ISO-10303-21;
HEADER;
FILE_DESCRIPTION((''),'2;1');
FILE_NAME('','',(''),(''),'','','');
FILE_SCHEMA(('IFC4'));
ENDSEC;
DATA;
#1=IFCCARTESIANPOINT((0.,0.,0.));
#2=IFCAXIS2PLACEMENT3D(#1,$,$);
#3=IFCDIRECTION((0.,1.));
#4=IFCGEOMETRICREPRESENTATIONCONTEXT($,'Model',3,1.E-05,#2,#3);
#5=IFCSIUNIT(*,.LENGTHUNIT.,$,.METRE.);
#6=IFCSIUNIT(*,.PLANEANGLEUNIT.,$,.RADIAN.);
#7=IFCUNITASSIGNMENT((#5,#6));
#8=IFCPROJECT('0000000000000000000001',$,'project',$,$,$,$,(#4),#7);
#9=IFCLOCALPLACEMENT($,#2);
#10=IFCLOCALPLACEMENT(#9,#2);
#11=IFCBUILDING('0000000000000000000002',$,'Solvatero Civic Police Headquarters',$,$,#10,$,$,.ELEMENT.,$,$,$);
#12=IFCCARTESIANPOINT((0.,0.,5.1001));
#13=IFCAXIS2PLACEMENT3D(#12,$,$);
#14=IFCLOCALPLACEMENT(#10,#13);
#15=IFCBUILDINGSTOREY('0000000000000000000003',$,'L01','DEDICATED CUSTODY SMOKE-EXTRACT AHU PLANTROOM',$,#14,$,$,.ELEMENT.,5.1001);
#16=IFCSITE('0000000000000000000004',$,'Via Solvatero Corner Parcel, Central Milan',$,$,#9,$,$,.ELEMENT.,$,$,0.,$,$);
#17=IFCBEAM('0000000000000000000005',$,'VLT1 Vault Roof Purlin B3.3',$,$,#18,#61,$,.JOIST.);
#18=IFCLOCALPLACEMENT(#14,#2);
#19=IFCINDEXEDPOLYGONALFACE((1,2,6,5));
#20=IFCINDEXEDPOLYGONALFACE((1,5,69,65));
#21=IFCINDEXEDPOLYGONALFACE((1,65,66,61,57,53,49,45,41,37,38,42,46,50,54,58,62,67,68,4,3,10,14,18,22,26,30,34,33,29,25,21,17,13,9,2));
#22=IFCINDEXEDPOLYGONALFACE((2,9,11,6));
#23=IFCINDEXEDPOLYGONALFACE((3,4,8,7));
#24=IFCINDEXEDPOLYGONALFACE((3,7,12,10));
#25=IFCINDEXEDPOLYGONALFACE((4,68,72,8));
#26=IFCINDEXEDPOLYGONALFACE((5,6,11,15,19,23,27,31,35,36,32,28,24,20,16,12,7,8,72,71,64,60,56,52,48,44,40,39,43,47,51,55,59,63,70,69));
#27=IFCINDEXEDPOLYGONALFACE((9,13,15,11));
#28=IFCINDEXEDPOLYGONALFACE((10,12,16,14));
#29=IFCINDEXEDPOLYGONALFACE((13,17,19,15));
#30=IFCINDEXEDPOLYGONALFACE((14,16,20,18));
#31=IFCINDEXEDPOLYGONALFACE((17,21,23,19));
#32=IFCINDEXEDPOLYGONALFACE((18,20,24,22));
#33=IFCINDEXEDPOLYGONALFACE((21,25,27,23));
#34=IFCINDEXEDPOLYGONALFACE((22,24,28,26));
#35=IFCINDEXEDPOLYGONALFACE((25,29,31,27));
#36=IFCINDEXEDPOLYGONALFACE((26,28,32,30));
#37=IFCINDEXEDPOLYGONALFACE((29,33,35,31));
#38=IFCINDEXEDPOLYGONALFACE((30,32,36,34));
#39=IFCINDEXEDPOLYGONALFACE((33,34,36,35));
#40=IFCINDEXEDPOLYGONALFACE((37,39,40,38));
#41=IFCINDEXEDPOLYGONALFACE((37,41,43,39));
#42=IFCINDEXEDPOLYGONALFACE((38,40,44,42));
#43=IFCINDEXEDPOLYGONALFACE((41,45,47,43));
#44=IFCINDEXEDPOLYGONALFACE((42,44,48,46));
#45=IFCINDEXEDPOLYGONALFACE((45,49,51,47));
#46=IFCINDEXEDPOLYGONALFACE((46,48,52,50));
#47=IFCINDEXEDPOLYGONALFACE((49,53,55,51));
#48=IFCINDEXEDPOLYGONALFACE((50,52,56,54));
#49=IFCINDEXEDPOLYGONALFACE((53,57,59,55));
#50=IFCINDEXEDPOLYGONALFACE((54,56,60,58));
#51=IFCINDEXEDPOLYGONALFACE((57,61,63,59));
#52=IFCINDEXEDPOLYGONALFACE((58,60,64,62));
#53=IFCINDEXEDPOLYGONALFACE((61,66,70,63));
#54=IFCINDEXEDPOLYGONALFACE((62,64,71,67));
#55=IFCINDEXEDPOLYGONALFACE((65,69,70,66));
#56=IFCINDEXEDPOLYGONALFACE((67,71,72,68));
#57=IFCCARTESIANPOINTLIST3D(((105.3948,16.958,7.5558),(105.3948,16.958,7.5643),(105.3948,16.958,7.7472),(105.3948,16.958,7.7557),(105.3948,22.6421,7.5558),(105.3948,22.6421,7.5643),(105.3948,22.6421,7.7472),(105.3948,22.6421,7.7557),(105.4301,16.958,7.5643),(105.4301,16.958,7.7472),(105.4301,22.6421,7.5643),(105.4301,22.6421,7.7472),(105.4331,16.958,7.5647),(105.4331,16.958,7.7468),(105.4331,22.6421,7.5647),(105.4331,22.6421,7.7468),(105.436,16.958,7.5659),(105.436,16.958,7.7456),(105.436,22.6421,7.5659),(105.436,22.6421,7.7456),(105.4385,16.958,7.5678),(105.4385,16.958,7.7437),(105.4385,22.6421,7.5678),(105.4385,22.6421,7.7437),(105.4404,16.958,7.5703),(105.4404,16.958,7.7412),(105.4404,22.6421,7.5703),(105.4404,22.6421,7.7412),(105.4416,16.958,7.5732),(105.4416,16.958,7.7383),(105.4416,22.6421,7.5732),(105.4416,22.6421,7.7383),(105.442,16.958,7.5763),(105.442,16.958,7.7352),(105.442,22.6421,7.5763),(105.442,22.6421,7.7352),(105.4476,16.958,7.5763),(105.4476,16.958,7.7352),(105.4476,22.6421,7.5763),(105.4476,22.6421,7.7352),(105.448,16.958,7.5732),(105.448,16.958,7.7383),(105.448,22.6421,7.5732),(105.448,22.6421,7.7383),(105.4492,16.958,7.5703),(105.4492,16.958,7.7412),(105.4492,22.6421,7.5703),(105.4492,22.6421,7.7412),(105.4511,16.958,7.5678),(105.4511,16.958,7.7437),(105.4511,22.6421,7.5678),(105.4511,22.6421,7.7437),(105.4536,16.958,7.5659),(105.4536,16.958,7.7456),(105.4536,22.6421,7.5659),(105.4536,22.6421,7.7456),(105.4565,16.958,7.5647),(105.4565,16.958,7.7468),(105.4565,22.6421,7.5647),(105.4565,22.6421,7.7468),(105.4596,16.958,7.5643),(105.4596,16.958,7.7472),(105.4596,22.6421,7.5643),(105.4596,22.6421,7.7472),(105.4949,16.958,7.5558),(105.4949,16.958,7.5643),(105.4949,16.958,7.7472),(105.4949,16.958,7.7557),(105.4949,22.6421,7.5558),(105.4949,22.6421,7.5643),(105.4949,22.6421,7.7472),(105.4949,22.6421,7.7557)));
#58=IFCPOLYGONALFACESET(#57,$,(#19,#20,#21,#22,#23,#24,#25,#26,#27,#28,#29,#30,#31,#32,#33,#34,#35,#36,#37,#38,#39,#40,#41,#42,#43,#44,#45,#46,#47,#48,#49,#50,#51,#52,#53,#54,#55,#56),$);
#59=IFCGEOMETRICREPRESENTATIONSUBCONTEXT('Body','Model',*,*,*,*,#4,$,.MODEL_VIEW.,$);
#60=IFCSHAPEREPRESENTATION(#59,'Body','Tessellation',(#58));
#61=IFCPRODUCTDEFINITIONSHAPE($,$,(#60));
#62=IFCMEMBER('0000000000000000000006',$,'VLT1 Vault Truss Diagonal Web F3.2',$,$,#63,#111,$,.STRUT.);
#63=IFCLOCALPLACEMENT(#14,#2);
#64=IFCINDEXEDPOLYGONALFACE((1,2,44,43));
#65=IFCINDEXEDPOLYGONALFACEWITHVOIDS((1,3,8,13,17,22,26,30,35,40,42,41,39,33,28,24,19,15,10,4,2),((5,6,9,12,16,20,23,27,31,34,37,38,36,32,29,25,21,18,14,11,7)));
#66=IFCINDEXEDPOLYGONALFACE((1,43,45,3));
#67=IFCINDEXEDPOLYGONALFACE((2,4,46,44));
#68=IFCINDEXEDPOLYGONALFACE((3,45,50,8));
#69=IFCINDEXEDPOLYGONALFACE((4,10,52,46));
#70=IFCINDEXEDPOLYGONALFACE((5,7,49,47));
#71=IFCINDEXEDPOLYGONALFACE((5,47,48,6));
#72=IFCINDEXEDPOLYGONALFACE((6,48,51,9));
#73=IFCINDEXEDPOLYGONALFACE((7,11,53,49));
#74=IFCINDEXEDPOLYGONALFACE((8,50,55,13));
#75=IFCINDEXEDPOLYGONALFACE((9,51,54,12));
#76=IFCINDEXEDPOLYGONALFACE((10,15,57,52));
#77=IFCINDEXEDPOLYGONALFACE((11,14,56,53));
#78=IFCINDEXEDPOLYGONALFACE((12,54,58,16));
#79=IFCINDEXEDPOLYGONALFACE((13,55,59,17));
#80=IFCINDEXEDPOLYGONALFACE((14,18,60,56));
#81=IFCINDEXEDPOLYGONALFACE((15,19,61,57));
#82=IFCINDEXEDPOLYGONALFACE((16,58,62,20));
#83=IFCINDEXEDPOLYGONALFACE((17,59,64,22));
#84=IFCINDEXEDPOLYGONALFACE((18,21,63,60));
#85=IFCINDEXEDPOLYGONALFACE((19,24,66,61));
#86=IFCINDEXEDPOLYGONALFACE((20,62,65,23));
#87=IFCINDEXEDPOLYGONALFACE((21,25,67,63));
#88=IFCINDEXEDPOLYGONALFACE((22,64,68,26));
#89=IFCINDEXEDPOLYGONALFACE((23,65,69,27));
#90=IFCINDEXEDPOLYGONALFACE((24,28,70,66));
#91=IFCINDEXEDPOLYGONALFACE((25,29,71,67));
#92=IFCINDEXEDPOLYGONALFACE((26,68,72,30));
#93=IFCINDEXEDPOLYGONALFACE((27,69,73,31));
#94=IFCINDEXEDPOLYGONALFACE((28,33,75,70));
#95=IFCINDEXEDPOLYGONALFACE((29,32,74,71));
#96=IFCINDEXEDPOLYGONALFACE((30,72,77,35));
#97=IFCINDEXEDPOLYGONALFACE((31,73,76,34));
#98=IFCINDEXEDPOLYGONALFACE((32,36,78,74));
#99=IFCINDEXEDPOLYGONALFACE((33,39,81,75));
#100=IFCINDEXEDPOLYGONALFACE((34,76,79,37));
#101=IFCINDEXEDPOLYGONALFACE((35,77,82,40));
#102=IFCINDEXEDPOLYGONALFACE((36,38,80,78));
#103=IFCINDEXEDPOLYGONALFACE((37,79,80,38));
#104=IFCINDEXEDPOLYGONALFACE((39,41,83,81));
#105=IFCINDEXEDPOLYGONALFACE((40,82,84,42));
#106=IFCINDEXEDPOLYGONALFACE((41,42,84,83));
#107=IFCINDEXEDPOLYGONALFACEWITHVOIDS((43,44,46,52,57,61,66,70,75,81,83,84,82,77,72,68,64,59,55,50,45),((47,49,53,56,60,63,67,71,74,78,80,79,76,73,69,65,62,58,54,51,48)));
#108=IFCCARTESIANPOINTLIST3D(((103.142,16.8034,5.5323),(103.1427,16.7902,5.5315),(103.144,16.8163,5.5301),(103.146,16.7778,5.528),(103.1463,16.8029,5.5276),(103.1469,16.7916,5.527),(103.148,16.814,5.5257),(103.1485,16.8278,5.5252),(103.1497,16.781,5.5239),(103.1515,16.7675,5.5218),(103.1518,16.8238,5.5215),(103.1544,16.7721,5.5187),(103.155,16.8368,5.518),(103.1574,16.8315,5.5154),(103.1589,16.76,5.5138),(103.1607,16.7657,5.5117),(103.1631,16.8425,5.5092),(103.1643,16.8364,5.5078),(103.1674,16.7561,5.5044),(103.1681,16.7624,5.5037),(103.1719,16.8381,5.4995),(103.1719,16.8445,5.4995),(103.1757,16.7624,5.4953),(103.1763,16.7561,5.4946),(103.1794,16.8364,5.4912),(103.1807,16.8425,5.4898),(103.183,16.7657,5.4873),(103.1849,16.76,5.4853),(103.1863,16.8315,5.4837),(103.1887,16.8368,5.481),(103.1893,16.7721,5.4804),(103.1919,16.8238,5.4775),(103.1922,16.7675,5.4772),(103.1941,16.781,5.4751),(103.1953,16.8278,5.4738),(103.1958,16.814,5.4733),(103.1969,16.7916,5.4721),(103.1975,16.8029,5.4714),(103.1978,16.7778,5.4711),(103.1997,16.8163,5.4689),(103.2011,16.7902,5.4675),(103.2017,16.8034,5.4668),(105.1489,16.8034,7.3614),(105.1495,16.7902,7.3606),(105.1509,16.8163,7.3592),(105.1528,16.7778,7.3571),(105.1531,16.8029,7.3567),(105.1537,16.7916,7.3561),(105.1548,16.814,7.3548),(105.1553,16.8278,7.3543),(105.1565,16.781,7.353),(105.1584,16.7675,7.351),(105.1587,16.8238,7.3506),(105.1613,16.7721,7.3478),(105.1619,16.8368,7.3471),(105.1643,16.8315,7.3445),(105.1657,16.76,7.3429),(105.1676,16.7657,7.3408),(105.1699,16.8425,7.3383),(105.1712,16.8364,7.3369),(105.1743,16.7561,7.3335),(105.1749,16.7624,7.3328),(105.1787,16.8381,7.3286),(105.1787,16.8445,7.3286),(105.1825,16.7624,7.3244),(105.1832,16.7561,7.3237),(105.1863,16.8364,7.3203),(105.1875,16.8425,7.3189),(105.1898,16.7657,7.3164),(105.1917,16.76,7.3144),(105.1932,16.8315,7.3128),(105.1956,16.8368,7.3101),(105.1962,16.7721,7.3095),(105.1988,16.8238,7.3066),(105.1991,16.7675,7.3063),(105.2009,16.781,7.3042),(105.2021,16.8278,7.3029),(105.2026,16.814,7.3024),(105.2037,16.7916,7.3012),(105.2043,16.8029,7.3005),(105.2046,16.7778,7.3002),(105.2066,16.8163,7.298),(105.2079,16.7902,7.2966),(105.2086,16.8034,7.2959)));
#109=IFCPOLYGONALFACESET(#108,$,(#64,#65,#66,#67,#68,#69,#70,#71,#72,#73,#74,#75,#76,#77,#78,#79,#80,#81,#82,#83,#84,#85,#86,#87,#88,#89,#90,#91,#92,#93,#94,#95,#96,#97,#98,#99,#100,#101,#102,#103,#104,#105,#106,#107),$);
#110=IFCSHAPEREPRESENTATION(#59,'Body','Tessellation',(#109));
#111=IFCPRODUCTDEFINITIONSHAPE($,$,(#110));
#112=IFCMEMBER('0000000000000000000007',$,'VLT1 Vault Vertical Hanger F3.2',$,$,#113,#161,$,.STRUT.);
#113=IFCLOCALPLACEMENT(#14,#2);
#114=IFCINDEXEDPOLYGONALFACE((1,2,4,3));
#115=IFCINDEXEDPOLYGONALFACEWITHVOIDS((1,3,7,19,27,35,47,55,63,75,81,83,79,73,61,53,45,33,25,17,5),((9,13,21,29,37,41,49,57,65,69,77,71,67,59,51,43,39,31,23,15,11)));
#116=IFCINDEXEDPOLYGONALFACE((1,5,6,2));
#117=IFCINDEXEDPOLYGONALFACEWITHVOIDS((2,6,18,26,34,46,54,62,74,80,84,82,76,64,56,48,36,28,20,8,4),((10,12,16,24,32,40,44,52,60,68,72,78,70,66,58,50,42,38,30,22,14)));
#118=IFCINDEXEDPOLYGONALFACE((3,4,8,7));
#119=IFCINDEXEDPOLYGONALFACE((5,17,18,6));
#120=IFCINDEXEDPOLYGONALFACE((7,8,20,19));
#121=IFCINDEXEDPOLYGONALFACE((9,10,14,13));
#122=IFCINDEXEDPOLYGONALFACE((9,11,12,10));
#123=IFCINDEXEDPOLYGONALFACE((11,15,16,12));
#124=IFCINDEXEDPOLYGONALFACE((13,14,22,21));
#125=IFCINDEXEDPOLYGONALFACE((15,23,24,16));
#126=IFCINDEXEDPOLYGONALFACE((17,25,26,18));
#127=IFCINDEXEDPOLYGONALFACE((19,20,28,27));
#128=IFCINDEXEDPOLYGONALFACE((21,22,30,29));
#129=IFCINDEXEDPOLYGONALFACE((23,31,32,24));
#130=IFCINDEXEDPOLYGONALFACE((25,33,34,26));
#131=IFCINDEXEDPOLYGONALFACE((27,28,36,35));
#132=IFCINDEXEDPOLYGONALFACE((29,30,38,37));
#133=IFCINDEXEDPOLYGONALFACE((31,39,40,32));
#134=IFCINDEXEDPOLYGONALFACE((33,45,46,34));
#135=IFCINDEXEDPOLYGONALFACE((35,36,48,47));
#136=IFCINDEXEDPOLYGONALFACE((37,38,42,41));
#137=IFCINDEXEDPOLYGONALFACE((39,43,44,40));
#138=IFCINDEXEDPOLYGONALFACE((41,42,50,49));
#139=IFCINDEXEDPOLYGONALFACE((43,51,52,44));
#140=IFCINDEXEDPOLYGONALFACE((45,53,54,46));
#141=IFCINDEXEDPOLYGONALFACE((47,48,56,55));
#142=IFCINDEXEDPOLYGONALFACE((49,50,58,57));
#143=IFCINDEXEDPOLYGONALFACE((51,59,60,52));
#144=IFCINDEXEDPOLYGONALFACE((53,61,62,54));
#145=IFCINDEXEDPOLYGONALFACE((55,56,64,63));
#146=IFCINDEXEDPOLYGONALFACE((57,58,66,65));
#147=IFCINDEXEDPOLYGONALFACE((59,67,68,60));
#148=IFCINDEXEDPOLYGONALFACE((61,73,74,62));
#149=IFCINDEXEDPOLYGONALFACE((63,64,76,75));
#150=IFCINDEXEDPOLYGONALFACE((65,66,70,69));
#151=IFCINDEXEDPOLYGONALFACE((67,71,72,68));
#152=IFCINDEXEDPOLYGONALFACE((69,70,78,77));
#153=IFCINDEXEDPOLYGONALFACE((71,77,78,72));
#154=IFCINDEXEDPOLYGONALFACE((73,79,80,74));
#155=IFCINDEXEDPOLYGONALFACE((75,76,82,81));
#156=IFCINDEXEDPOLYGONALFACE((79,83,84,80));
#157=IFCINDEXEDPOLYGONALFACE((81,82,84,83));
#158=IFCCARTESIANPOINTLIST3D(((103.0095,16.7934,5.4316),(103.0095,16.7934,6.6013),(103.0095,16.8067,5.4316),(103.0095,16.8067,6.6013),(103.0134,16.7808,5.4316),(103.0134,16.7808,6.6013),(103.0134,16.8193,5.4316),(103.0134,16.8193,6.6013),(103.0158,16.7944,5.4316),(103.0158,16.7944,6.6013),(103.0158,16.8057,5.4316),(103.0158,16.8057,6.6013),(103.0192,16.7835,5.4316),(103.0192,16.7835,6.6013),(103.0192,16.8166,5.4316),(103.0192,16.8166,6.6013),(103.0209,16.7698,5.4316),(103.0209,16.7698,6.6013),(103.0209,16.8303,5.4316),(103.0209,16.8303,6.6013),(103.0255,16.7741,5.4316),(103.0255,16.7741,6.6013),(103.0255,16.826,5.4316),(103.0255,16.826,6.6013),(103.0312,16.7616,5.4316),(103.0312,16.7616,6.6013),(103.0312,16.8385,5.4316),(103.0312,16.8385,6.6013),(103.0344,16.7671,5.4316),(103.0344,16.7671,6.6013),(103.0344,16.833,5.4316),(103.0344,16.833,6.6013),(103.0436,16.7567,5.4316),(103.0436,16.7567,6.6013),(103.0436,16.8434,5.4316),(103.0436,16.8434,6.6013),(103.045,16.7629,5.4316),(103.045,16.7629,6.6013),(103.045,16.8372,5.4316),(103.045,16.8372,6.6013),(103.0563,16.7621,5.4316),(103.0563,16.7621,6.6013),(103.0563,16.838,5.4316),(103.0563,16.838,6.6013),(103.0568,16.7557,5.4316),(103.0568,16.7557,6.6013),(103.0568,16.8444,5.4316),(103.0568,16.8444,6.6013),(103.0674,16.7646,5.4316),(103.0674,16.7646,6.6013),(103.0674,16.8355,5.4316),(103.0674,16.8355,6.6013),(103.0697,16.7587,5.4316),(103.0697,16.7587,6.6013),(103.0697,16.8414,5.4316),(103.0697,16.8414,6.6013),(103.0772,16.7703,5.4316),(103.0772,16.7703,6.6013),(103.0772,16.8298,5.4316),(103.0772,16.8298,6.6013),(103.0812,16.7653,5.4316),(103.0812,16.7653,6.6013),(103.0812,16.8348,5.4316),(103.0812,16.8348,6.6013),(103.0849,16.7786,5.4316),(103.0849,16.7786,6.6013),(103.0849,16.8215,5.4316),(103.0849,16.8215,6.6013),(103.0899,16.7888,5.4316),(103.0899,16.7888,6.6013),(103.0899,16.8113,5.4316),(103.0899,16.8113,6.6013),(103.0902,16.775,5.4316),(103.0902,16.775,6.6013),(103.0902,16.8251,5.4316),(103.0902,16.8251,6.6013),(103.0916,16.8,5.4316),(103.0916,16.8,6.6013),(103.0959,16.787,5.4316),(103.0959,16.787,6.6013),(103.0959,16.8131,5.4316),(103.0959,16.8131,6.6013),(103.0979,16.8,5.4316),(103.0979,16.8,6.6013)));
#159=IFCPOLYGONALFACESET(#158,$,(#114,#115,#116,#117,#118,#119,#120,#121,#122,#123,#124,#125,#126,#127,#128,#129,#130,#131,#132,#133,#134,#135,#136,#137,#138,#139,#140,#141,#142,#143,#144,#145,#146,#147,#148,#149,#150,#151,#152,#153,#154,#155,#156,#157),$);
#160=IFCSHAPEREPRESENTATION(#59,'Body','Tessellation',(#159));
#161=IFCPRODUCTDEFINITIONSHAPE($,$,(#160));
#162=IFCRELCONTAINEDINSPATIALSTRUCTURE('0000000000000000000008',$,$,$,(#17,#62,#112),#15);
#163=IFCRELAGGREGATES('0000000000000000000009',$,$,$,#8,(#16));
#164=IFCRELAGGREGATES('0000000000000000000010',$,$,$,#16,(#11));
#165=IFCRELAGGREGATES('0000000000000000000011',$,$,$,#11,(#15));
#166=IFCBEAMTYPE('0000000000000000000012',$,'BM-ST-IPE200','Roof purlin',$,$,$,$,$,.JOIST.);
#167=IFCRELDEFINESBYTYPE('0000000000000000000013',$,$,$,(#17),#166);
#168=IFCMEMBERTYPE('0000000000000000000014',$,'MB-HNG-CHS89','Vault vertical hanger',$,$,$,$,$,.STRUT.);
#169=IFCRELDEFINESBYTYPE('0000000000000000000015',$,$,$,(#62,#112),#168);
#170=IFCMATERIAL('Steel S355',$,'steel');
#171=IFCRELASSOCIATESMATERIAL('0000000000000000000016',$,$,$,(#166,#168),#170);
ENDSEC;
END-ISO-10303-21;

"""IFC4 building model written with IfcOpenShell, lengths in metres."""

from ifc_helpers import new_model, si_unit, direction, frame, origin, origin_2d, place, context, subcontext, project, spatial, hollow_circle, i_section, extrude, material, material_profile, profile_set, type_object, element, save


model = new_model("IFC4")

# Units and contexts
model_context = context("Model", 3, precision=1e-05, world=origin(), true_north=direction((0.0, 1.0)))
body_context = subcontext(model_context, "Body", "Model", "MODEL_VIEW")
ifc_project = project(units=[si_unit("LENGTHUNIT", "METRE"), si_unit("PLANEANGLEUNIT", "RADIAN")], contexts=[model_context])

# Site, building, storey
site_placement = place(None, origin())
site = spatial("IfcSite", under=ifc_project, at=site_placement, Name="Via Solvatero Corner Parcel, Central Milan", CompositionType="ELEMENT", RefElevation=0.0)
building_placement = place(site_placement, origin())
building = spatial("IfcBuilding", under=site, at=building_placement, Name="Solvatero Civic Police Headquarters", CompositionType="ELEMENT")
storey_placement = place(building_placement, frame((0.0, 0.0, 5.1001)))
storey = spatial("IfcBuildingStorey", under=building, at=storey_placement, Name="L01", Description="DEDICATED CUSTODY SMOKE-EXTRACT AHU PLANTROOM", CompositionType="ELEMENT", Elevation=5.1001)

# Beam
ifc_material = material(Name="Steel S355", Category="steel")
ifc_material_profile_1 = material_profile(ifc_material, i_section(OverallWidth=0.1001, OverallDepth=0.2, WebThickness=0.0056, FlangeThickness=0.0085, FilletRadius=0.012, at=origin_2d()), Name="IPE 200")
ifc_profile_set_1 = profile_set([ifc_material_profile_1], Name="Steel S355")
beam_type_1 = type_object("IfcBeamType", Name="BM-ST-IPE200", Description="Roof purlin", PredefinedType="JOIST", material=ifc_profile_set_1)
for number, where, z_axis, x_axis, name in (
    (1, (105.4448, 16.958, 7.6558), (0.0, 1.0, 0.0), (-1.0, 0.0, 0.0), "VLT1 Vault Roof Purlin B3.3"),
):
    element("IfcBeam", number, at=place(storey_placement, frame(where, z_axis=z_axis, x_axis=x_axis)), inside=storey, type_object=beam_type_1, Name=name, PredefinedType="JOIST", context=body_context, shape_type="SweptSolid", body=[
        extrude(i_section(OverallWidth=0.1001, OverallDepth=0.2, WebThickness=0.0056, FlangeThickness=0.0085, FilletRadius=0.012, at=origin_2d()), origin(), (0.0, 0.0, 1.0), 5.6841),
    ])

# Members
ifc_material_profile_2 = material_profile(ifc_material, hollow_circle(Radius=0.0444, WallThickness=0.0063, at=origin_2d()), Name="CHS 88.9x6.3")
ifc_profile_set_2 = profile_set([ifc_material_profile_2], Name="Steel S355")
member_type_1 = type_object("IfcMemberType", Name="MB-HNG-CHS89", Description="Vault vertical hanger", PredefinedType="STRUT", material=ifc_profile_set_2)
member_1_placement = place(storey_placement, frame((103.1719, 16.8, 5.4995), z_axis=(0.739077, 0.0, 0.673621), x_axis=(0.0, 1.0, 0.0)))
element("IfcMember", 2, at=member_1_placement, inside=storey, type_object=member_type_1, Name="VLT1 Vault Truss Diagonal Web F3.2", PredefinedType="STRUT", context=body_context, shape_type="SweptSolid", body=[
    extrude(hollow_circle(Radius=0.0444, WallThickness=0.0063, at=origin_2d()), origin(), (0.0, 0.0, 1.0), 2.7153),
])
member_2_placement = place(storey_placement, frame((103.0535, 16.8, 5.4316), z_axis=(0.0, 0.0, 1.0), x_axis=(1.0, 0.0, 0.0)))
element("IfcMember", 3, at=member_2_placement, inside=storey, type_object=member_type_1, Name="VLT1 Vault Vertical Hanger F3.2", PredefinedType="STRUT", context=body_context, shape_type="SweptSolid", body=[
    extrude(hollow_circle(Radius=0.0444, WallThickness=0.0063, at=origin_2d()), origin(), (0.0, 0.0, 1.0), 1.1697),
])

save(model, "model.ifc")
